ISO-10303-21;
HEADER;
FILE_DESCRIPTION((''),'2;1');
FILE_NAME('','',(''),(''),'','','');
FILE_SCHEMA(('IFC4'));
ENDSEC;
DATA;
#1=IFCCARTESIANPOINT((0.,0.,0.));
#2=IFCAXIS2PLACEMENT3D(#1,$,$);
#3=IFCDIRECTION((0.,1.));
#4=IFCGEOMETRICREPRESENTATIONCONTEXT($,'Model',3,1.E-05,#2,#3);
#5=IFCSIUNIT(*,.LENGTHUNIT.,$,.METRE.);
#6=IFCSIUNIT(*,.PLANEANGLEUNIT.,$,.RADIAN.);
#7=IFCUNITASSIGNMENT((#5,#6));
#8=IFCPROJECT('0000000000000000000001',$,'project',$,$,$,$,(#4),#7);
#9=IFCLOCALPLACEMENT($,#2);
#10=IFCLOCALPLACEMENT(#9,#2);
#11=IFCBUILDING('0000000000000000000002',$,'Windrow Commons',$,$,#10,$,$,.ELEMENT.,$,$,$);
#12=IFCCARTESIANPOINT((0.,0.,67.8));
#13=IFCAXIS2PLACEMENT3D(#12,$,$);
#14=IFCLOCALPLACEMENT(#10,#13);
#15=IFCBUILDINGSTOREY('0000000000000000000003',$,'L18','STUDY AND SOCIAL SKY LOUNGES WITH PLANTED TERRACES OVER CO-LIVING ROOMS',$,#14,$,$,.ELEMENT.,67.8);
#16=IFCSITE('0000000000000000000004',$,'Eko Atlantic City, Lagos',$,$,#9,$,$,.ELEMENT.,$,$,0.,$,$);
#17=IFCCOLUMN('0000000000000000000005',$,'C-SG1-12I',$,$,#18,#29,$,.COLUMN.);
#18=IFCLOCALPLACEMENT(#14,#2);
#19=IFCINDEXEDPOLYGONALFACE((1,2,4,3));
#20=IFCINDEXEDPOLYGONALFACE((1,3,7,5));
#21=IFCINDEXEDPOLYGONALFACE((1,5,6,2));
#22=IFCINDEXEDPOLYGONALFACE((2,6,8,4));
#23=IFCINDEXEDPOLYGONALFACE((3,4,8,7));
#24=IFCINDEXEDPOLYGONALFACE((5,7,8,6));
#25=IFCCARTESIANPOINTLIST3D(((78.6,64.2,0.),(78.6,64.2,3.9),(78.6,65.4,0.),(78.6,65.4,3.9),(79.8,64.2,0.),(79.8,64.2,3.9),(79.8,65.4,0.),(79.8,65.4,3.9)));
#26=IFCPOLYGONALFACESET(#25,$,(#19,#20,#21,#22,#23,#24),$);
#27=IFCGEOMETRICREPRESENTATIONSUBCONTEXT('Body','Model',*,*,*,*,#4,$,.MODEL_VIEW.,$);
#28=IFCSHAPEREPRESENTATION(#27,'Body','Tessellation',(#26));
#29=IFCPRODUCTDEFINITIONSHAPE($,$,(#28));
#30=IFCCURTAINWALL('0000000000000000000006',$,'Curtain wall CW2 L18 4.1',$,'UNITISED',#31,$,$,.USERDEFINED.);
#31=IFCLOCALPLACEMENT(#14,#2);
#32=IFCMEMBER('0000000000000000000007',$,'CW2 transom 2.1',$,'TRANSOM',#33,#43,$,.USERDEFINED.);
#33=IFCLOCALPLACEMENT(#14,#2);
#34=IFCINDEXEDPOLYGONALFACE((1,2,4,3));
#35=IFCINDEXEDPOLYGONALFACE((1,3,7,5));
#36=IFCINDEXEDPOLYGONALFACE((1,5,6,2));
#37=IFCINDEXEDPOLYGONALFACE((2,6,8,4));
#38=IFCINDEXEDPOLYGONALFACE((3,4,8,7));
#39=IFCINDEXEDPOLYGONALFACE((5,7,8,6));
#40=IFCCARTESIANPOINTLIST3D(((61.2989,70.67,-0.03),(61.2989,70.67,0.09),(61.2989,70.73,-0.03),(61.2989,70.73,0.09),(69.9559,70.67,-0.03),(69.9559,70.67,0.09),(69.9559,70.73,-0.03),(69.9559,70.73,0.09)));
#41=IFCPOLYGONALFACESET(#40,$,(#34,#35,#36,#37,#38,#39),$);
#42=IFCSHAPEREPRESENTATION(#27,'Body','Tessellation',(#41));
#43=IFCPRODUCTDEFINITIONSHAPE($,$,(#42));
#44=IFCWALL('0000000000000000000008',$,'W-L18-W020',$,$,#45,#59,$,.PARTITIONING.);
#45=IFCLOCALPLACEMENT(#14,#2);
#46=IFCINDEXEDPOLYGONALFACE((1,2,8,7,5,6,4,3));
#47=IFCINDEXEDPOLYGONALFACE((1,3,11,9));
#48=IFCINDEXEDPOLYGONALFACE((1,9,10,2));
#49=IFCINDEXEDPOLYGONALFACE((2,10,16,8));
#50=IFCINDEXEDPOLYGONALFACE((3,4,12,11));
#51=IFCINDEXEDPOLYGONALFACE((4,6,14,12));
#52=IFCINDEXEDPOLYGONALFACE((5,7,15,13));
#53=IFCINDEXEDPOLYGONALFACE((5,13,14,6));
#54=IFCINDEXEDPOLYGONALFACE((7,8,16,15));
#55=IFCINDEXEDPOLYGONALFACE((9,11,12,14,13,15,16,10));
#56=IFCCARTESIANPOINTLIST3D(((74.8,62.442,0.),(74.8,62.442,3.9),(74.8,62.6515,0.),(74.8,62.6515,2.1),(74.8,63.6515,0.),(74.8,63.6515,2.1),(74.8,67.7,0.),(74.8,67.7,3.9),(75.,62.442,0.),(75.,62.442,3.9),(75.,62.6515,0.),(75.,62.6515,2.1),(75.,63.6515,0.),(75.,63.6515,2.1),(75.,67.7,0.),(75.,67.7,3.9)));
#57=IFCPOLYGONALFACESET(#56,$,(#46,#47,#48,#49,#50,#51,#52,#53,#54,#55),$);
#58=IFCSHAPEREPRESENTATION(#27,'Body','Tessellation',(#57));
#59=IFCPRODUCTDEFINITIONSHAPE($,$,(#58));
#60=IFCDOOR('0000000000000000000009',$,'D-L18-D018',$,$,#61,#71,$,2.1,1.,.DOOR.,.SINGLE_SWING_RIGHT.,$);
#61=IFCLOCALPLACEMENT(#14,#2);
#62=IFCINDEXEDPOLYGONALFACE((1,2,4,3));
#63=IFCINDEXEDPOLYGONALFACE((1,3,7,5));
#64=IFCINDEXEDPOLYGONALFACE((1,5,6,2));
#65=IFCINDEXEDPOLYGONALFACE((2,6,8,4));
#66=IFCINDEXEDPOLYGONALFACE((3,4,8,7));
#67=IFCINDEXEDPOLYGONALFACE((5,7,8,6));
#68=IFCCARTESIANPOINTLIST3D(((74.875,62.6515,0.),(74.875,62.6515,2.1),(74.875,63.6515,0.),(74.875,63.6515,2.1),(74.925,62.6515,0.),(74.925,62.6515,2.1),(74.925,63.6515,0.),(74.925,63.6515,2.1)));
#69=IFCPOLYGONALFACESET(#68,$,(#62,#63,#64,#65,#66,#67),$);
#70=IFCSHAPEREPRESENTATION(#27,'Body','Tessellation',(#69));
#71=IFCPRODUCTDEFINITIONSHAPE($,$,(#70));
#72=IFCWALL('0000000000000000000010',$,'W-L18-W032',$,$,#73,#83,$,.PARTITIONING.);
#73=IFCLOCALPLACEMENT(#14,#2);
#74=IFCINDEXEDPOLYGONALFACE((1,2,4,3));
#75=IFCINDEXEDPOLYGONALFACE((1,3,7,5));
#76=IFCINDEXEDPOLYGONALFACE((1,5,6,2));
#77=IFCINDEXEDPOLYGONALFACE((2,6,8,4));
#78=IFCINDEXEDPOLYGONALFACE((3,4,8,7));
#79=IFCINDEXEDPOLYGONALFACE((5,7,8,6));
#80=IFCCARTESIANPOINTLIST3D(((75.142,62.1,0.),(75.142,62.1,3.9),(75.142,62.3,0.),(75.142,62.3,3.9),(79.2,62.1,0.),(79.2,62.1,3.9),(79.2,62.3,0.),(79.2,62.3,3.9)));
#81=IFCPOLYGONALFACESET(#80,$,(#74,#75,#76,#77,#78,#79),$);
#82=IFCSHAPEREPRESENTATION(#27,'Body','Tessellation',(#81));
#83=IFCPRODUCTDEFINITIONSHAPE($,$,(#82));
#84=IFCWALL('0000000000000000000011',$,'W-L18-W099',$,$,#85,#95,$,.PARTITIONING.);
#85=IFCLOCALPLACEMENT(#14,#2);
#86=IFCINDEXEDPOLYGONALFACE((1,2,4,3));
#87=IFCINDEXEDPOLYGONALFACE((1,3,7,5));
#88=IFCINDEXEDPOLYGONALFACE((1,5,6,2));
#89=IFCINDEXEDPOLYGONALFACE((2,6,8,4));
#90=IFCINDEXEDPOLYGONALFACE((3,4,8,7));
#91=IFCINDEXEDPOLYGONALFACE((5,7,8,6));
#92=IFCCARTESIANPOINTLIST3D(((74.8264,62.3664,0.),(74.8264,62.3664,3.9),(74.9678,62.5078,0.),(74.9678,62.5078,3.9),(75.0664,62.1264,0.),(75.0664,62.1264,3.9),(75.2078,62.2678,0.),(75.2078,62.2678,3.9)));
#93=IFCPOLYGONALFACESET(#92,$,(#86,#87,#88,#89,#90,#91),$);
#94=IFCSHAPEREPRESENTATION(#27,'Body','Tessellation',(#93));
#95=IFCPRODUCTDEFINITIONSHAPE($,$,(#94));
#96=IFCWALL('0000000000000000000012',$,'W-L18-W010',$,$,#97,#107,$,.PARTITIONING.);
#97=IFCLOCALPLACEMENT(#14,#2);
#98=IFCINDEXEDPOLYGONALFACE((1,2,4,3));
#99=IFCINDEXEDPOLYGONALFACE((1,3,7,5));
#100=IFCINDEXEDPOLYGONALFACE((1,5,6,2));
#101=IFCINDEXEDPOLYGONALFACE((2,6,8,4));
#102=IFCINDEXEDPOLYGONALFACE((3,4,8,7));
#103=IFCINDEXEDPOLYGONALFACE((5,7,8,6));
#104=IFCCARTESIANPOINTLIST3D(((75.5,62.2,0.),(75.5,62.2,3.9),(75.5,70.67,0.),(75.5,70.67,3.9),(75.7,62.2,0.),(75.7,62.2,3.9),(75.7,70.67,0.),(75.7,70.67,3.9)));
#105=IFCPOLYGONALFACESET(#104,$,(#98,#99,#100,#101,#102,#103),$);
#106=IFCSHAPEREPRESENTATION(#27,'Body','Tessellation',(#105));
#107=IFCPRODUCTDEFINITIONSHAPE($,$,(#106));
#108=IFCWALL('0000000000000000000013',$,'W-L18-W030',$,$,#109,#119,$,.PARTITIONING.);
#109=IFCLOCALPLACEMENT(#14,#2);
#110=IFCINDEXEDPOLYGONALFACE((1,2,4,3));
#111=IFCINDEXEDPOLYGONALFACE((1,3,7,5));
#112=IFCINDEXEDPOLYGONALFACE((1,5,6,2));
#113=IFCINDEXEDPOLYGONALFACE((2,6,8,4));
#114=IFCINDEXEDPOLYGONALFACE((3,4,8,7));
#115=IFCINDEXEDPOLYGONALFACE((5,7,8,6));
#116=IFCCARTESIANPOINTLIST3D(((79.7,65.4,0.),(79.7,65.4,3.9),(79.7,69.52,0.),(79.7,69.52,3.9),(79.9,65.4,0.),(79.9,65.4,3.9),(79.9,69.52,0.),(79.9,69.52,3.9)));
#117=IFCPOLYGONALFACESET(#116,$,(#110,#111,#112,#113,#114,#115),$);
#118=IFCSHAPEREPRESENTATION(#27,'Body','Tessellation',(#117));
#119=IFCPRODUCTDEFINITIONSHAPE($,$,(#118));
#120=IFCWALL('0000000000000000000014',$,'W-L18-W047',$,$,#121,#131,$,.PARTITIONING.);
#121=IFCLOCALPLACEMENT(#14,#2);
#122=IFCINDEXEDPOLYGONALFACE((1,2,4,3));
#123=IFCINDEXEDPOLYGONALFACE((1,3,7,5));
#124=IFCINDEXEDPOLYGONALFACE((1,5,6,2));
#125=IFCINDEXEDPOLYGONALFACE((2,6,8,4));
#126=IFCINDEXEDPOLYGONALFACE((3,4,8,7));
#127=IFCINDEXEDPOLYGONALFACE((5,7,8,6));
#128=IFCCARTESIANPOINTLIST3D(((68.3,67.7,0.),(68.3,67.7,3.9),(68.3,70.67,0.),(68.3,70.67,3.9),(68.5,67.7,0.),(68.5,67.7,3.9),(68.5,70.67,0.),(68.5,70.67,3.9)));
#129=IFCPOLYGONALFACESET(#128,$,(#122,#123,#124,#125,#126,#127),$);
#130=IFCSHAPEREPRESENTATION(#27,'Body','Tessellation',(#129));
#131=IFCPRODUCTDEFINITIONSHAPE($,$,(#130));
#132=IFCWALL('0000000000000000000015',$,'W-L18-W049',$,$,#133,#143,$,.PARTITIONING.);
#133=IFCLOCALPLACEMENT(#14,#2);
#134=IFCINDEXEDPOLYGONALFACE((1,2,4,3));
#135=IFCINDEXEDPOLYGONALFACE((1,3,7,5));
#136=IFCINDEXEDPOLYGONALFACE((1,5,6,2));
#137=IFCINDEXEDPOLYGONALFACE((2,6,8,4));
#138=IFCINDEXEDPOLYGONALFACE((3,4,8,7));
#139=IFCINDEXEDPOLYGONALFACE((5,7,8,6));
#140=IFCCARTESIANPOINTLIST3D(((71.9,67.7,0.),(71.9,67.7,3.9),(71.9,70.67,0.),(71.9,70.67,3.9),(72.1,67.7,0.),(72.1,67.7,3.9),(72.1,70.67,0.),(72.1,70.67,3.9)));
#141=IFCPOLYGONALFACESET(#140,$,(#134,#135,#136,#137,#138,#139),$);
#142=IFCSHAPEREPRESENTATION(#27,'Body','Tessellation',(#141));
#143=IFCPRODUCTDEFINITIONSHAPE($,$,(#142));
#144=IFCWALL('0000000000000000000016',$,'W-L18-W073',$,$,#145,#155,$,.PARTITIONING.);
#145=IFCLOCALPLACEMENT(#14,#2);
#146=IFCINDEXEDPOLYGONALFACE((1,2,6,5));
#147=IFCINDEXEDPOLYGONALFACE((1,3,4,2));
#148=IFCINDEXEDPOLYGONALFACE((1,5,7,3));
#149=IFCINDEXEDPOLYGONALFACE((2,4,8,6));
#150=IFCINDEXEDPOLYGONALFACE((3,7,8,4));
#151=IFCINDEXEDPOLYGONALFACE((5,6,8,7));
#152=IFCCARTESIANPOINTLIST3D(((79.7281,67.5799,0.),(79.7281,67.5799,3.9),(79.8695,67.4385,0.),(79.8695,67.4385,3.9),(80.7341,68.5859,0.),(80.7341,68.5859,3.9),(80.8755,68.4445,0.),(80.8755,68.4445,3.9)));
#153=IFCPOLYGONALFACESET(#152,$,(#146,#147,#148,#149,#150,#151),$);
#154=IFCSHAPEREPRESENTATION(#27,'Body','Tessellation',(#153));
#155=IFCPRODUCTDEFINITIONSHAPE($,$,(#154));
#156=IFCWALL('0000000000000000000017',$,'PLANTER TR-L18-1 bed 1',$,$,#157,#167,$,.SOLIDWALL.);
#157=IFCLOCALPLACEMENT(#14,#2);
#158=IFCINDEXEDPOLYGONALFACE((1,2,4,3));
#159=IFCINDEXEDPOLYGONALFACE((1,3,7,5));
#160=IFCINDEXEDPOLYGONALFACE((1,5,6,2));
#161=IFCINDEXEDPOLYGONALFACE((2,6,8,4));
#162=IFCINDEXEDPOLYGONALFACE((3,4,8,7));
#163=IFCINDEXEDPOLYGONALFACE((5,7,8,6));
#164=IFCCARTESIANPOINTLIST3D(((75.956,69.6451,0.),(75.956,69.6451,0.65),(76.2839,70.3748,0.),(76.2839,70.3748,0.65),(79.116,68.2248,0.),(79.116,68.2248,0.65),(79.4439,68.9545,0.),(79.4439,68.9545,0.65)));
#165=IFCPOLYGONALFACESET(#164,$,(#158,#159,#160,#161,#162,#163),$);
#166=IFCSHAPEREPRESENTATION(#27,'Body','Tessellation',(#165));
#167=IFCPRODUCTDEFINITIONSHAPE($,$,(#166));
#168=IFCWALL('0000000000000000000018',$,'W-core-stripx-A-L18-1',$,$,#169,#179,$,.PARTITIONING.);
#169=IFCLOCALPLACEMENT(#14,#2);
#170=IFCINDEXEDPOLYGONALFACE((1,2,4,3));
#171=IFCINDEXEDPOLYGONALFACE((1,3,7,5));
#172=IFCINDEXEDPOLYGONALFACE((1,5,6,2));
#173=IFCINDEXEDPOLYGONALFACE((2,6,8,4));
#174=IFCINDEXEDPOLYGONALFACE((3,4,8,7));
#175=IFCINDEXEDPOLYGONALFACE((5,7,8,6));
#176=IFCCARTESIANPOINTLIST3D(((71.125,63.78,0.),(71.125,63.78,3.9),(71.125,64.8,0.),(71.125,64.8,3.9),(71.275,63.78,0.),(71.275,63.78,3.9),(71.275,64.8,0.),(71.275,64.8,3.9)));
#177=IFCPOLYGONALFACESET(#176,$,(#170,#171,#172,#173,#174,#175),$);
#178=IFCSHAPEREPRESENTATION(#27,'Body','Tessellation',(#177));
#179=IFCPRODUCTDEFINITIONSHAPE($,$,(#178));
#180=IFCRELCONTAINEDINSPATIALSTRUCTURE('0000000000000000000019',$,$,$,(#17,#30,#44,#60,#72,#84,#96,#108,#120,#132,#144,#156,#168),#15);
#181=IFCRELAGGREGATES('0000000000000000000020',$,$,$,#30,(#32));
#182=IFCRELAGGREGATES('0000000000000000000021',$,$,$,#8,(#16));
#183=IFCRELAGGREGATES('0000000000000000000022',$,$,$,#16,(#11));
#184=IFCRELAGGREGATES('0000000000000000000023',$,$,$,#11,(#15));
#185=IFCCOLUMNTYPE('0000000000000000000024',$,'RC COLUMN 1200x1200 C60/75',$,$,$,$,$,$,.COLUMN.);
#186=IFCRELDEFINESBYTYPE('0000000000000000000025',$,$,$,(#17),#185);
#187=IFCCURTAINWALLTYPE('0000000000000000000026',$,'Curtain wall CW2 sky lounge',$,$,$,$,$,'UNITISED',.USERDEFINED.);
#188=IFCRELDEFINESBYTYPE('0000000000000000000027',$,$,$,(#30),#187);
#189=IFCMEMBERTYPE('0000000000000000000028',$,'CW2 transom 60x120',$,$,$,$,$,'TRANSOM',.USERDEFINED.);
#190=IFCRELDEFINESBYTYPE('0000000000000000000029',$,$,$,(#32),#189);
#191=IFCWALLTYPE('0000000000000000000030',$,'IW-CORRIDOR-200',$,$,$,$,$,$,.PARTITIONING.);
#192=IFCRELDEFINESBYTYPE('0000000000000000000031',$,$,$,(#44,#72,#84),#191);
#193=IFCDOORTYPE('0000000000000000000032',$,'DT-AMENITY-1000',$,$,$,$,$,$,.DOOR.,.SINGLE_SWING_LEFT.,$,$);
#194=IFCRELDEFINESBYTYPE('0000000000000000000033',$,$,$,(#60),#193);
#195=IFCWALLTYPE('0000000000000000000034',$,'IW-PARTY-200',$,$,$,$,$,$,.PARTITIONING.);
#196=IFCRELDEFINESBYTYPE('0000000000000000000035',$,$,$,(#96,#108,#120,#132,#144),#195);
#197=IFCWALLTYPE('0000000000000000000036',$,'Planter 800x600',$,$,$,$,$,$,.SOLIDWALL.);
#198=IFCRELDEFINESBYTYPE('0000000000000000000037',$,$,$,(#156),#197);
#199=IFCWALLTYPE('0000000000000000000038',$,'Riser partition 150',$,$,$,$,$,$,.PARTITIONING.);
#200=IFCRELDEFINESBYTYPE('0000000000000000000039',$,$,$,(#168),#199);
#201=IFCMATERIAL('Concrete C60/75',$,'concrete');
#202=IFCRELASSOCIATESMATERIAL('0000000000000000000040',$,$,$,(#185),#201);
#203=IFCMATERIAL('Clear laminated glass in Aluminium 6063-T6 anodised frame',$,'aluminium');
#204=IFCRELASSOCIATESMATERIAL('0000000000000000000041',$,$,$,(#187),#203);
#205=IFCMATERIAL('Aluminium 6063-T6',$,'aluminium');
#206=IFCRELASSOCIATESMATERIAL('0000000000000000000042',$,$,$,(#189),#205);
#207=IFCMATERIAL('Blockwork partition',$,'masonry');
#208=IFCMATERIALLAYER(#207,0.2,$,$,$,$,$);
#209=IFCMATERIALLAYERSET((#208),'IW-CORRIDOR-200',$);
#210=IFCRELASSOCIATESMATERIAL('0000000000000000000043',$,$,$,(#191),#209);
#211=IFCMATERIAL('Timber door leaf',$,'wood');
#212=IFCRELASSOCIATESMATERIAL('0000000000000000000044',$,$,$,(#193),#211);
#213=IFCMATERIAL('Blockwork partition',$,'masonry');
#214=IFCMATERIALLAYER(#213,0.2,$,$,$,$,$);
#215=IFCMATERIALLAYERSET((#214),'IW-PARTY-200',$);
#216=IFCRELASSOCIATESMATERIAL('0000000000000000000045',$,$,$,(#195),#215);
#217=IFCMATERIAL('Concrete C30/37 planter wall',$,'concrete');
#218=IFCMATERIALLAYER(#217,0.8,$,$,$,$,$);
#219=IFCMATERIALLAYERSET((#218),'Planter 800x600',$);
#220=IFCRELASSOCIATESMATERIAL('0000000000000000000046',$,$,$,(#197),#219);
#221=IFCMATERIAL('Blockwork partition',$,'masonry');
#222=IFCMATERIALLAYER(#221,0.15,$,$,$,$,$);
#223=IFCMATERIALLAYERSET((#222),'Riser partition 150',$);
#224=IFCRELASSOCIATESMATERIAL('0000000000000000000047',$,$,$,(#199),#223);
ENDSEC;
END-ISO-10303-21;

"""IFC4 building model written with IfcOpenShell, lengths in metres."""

from ifc_helpers import new_model, si_unit, direction, frame, frame_2d, origin, origin_2d, place, context, subcontext, project, spatial, rectangle, extrude, material, layer, layer_set, material_profile, profile_set, type_object, element, fill, aggregate, save


model = new_model("IFC4")

# Units and contexts
model_context = context("Model", 3, precision=1e-05, world=origin(), true_north=direction((0.0, 1.0)))
body_context = subcontext(model_context, "Body", "Model", "MODEL_VIEW")
ifc_project = project(units=[si_unit("LENGTHUNIT", "METRE"), si_unit("PLANEANGLEUNIT", "RADIAN")], contexts=[model_context])

# Site, building, storey
site_placement = place(None, origin())
site = spatial("IfcSite", under=ifc_project, at=site_placement, Name="Eko Atlantic City, Lagos", CompositionType="ELEMENT", RefElevation=0.0)
building_placement = place(site_placement, origin())
building = spatial("IfcBuilding", under=site, at=building_placement, Name="Windrow Commons", CompositionType="ELEMENT")
storey_placement = place(building_placement, frame((0.0, 0.0, 67.8)))
storey = spatial("IfcBuildingStorey", under=building, at=storey_placement, Name="L18", Description="STUDY AND SOCIAL SKY LOUNGES WITH PLANTED TERRACES OVER CO-LIVING ROOMS", CompositionType="ELEMENT", Elevation=67.8)

# Column
ifc_material_1 = material(Name="Concrete C60/75", Category="concrete")
ifc_material_profile_1 = material_profile(ifc_material_1, rectangle(XDim=1.2, YDim=1.2, at=origin_2d()))
ifc_profile_set_1 = profile_set([ifc_material_profile_1], Name="Concrete C60/75")
column_type = type_object("IfcColumnType", Name="RC COLUMN 1200x1200 C60/75", PredefinedType="COLUMN", material=ifc_profile_set_1)
column_placement = place(storey_placement, frame((79.2, 64.8, 0.0), z_axis=(0.0, 0.0, 1.0), x_axis=(1.0, 0.0, 0.0)))
element("IfcColumn", 1, at=column_placement, inside=storey, type_object=column_type, Name="C-SG1-12I", PredefinedType="COLUMN", context=body_context, shape_type="SweptSolid", body=[
    extrude(rectangle(XDim=1.2, YDim=1.2, at=origin_2d()), origin(), (0.0, 0.0, 1.0), 3.9),
])

# Curtain wall, member
ifc_material_2 = material(Name="Clear laminated glass in Aluminium 6063-T6 anodised frame", Category="aluminium")
curtain_wall_type = type_object("IfcCurtainWallType", Name="Curtain wall CW2 sky lounge", ElementType="UNITISED", PredefinedType="USERDEFINED", material=ifc_material_2)
placement = place(storey_placement, origin())
curtain_wall = element("IfcCurtainWall", 2, at=placement, inside=storey, type_object=curtain_wall_type, Name="Curtain wall CW2 L18 4.1", ObjectType="UNITISED", PredefinedType="USERDEFINED")
ifc_material_3 = material(Name="Aluminium 6063-T6", Category="aluminium")
ifc_material_profile_2 = material_profile(ifc_material_3, rectangle(XDim=0.06, YDim=0.12, at=origin_2d()))
ifc_profile_set_2 = profile_set([ifc_material_profile_2], Name="Aluminium 6063-T6")
member_type = type_object("IfcMemberType", Name="CW2 transom 60x120", ElementType="TRANSOM", PredefinedType="USERDEFINED", material=ifc_profile_set_2)
member_placement = place(storey_placement, frame((69.9559, 70.7, 0.03), z_axis=(-1.0, 0.0, 0.0), x_axis=(0.0, -1.0, 0.0)))
member = element("IfcMember", 3, at=member_placement, type_object=member_type, Name="CW2 transom 2.1", ObjectType="TRANSOM", PredefinedType="USERDEFINED", context=body_context, shape_type="SweptSolid", body=[
    extrude(rectangle(XDim=0.06, YDim=0.12, at=origin_2d()), origin(), (0.0, 0.0, 1.0), 8.657),
])
aggregate(curtain_wall, [member])

# Wall, opening, door
ifc_material_4 = material(Name="Blockwork partition", Category="masonry")
ifc_layer_1 = layer(ifc_material_4, 0.2)
ifc_layer_set_1 = layer_set([ifc_layer_1], Name="IW-CORRIDOR-200")
wall_type_1 = type_object("IfcWallType", Name="IW-CORRIDOR-200", PredefinedType="PARTITIONING", material=ifc_layer_set_1)
wall_1_placement = place(storey_placement, frame((74.9, 62.442, 0.0), z_axis=(0.0, 0.0, 1.0), x_axis=(0.0, 1.0, 0.0)))
wall_1 = element("IfcWall", 4, at=wall_1_placement, inside=storey, type_object=wall_type_1, Name="W-L18-W020", PredefinedType="PARTITIONING", context=body_context, shape_type="SweptSolid", body=[
    extrude(rectangle(XDim=5.258, YDim=0.2, at=frame_2d((2.629, 0.0))), origin(), (0.0, 0.0, 1.0), 3.9),
])
opening_placement = place(wall_1_placement, frame((0.2095, 0.0, 0.0)))
opening = element("IfcOpeningElement", 5, at=opening_placement, cuts=wall_1, PredefinedType="OPENING", context=body_context, shape_type="SweptSolid", body=[
    extrude(rectangle(XDim=1.0, YDim=2.1, at=frame_2d((0.5, 1.05))), frame((0.0, 0.11, 0.0), z_axis=(0.0, -1.0, 0.0), x_axis=(1.0, 0.0, 0.0)), (0.0, 0.0, 1.0), 0.22),
])
ifc_material_5 = material(Name="Timber door leaf", Category="wood")
door_type = type_object("IfcDoorType", Name="DT-AMENITY-1000", OperationType="SINGLE_SWING_LEFT", PredefinedType="DOOR", material=ifc_material_5)
door_placement = place(opening_placement, origin())
door = element("IfcDoor", 6, at=door_placement, inside=storey, type_object=door_type, Name="D-L18-D018", OperationType="SINGLE_SWING_RIGHT", OverallHeight=2.1, OverallWidth=1.0, PredefinedType="DOOR", context=body_context, shape_type="SweptSolid", body=[
    extrude(rectangle(XDim=1.0, YDim=2.1, at=frame_2d((0.5, 1.05))), frame((0.0, 0.025, 0.0), z_axis=(0.0, -1.0, 0.0), x_axis=(1.0, 0.0, 0.0)), (0.0, 0.0, 1.0), 0.05),
])
fill(opening, door)

# Walls
wall_2_placement = place(storey_placement, frame((75.142, 62.2, 0.0), z_axis=(0.0, 0.0, 1.0), x_axis=(1.0, 0.0, 0.0)))
element("IfcWall", 7, at=wall_2_placement, inside=storey, type_object=wall_type_1, Name="W-L18-W032", PredefinedType="PARTITIONING", context=body_context, shape_type="SweptSolid", body=[
    extrude(rectangle(XDim=4.058, YDim=0.2, at=frame_2d((2.029, 0.0))), origin(), (0.0, 0.0, 1.0), 3.9),
])
wall_3_placement = place(storey_placement, frame((74.8971, 62.4371, 0.0), z_axis=(0.0, 0.0, 1.0), x_axis=(0.707107, -0.707107, 0.0)))
element("IfcWall", 8, at=wall_3_placement, inside=storey, type_object=wall_type_1, Name="W-L18-W099", PredefinedType="PARTITIONING", context=body_context, shape_type="SweptSolid", body=[
    extrude(rectangle(XDim=0.3394, YDim=0.2, at=frame_2d((0.1697, 0.0))), origin(), (0.0, 0.0, 1.0), 3.9),
])
ifc_material_6 = material(Name="Blockwork partition", Category="masonry")
ifc_layer_2 = layer(ifc_material_6, 0.2)
ifc_layer_set_2 = layer_set([ifc_layer_2], Name="IW-PARTY-200")
wall_type_2 = type_object("IfcWallType", Name="IW-PARTY-200", PredefinedType="PARTITIONING", material=ifc_layer_set_2)
wall_4_placement = place(storey_placement, frame((75.6, 62.2, 0.0), z_axis=(0.0, 0.0, 1.0), x_axis=(0.0, 1.0, 0.0)))
element("IfcWall", 9, at=wall_4_placement, inside=storey, type_object=wall_type_2, Name="W-L18-W010", PredefinedType="PARTITIONING", context=body_context, shape_type="SweptSolid", body=[
    extrude(rectangle(XDim=8.47, YDim=0.2, at=frame_2d((4.235, 0.0))), origin(), (0.0, 0.0, 1.0), 3.9),
])
wall_5_placement = place(storey_placement, frame((79.8, 65.4, 0.0), z_axis=(0.0, 0.0, 1.0), x_axis=(0.0, 1.0, 0.0)))
element("IfcWall", 10, at=wall_5_placement, inside=storey, type_object=wall_type_2, Name="W-L18-W030", PredefinedType="PARTITIONING", context=body_context, shape_type="SweptSolid", body=[
    extrude(rectangle(XDim=4.12, YDim=0.2, at=frame_2d((2.06, 0.0))), origin(), (0.0, 0.0, 1.0), 3.9),
])
for number, where, z_axis, x_axis, name in (
    (11, (68.4, 67.7, 0.0), (0.0, 0.0, 1.0), (0.0, 1.0, 0.0), "W-L18-W047"),
    (12, (72.0, 67.7, 0.0), (0.0, 0.0, 1.0), (0.0, 1.0, 0.0), "W-L18-W049"),
):
    element("IfcWall", number, at=place(storey_placement, frame(where, z_axis=z_axis, x_axis=x_axis)), inside=storey, type_object=wall_type_2, Name=name, PredefinedType="PARTITIONING", context=body_context, shape_type="SweptSolid", body=[
        extrude(rectangle(XDim=2.97, YDim=0.2, at=frame_2d((1.485, 0.0))), origin(), (0.0, 0.0, 1.0), 3.9),
    ])
wall_6_placement = place(storey_placement, frame((79.7988, 67.5092, 0.0), z_axis=(0.0, 0.0, 1.0), x_axis=(0.707107, 0.707107, 0.0)))
element("IfcWall", 13, at=wall_6_placement, inside=storey, type_object=wall_type_2, Name="W-L18-W073", PredefinedType="PARTITIONING", context=body_context, shape_type="SweptSolid", body=[
    extrude(rectangle(XDim=1.4227, YDim=0.2, at=frame_2d((0.7114, 0.0))), origin(), (0.0, 0.0, 1.0), 3.9),
])
ifc_material_7 = material(Name="Concrete C30/37 planter wall", Category="concrete")
ifc_layer_3 = layer(ifc_material_7, 0.8)
ifc_layer_set_3 = layer_set([ifc_layer_3], Name="Planter 800x600")
wall_type_3 = type_object("IfcWallType", Name="Planter 800x600", PredefinedType="SOLIDWALL", material=ifc_layer_set_3)
wall_7_placement = place(storey_placement, frame((79.28, 68.5896, 0.0), z_axis=(0.0, 0.0, 1.0), x_axis=(-0.912105, 0.409957, 0.0)))
element("IfcWall", 14, at=wall_7_placement, inside=storey, type_object=wall_type_3, Name="PLANTER TR-L18-1 bed 1", PredefinedType="SOLIDWALL", context=body_context, shape_type="SweptSolid", body=[
    extrude(rectangle(XDim=3.4645, YDim=0.8, at=frame_2d((1.7323, 0.0))), origin(), (0.0, 0.0, 1.0), 0.65),
])
ifc_material_8 = material(Name="Blockwork partition", Category="masonry")
ifc_layer_4 = layer(ifc_material_8, 0.15)
ifc_layer_set_4 = layer_set([ifc_layer_4], Name="Riser partition 150")
wall_type_4 = type_object("IfcWallType", Name="Riser partition 150", PredefinedType="PARTITIONING", material=ifc_layer_set_4)
wall_8_placement = place(storey_placement, frame((71.2, 63.78, 0.0), z_axis=(0.0, 0.0, 1.0), x_axis=(0.0, 1.0, 0.0)))
element("IfcWall", 15, at=wall_8_placement, inside=storey, type_object=wall_type_4, Name="W-core-stripx-A-L18-1", PredefinedType="PARTITIONING", context=body_context, shape_type="SweptSolid", body=[
    extrude(rectangle(XDim=1.02, YDim=0.15, at=frame_2d((0.51, 0.0))), origin(), (0.0, 0.0, 1.0), 3.9),
])

save(model, "model.ifc")
